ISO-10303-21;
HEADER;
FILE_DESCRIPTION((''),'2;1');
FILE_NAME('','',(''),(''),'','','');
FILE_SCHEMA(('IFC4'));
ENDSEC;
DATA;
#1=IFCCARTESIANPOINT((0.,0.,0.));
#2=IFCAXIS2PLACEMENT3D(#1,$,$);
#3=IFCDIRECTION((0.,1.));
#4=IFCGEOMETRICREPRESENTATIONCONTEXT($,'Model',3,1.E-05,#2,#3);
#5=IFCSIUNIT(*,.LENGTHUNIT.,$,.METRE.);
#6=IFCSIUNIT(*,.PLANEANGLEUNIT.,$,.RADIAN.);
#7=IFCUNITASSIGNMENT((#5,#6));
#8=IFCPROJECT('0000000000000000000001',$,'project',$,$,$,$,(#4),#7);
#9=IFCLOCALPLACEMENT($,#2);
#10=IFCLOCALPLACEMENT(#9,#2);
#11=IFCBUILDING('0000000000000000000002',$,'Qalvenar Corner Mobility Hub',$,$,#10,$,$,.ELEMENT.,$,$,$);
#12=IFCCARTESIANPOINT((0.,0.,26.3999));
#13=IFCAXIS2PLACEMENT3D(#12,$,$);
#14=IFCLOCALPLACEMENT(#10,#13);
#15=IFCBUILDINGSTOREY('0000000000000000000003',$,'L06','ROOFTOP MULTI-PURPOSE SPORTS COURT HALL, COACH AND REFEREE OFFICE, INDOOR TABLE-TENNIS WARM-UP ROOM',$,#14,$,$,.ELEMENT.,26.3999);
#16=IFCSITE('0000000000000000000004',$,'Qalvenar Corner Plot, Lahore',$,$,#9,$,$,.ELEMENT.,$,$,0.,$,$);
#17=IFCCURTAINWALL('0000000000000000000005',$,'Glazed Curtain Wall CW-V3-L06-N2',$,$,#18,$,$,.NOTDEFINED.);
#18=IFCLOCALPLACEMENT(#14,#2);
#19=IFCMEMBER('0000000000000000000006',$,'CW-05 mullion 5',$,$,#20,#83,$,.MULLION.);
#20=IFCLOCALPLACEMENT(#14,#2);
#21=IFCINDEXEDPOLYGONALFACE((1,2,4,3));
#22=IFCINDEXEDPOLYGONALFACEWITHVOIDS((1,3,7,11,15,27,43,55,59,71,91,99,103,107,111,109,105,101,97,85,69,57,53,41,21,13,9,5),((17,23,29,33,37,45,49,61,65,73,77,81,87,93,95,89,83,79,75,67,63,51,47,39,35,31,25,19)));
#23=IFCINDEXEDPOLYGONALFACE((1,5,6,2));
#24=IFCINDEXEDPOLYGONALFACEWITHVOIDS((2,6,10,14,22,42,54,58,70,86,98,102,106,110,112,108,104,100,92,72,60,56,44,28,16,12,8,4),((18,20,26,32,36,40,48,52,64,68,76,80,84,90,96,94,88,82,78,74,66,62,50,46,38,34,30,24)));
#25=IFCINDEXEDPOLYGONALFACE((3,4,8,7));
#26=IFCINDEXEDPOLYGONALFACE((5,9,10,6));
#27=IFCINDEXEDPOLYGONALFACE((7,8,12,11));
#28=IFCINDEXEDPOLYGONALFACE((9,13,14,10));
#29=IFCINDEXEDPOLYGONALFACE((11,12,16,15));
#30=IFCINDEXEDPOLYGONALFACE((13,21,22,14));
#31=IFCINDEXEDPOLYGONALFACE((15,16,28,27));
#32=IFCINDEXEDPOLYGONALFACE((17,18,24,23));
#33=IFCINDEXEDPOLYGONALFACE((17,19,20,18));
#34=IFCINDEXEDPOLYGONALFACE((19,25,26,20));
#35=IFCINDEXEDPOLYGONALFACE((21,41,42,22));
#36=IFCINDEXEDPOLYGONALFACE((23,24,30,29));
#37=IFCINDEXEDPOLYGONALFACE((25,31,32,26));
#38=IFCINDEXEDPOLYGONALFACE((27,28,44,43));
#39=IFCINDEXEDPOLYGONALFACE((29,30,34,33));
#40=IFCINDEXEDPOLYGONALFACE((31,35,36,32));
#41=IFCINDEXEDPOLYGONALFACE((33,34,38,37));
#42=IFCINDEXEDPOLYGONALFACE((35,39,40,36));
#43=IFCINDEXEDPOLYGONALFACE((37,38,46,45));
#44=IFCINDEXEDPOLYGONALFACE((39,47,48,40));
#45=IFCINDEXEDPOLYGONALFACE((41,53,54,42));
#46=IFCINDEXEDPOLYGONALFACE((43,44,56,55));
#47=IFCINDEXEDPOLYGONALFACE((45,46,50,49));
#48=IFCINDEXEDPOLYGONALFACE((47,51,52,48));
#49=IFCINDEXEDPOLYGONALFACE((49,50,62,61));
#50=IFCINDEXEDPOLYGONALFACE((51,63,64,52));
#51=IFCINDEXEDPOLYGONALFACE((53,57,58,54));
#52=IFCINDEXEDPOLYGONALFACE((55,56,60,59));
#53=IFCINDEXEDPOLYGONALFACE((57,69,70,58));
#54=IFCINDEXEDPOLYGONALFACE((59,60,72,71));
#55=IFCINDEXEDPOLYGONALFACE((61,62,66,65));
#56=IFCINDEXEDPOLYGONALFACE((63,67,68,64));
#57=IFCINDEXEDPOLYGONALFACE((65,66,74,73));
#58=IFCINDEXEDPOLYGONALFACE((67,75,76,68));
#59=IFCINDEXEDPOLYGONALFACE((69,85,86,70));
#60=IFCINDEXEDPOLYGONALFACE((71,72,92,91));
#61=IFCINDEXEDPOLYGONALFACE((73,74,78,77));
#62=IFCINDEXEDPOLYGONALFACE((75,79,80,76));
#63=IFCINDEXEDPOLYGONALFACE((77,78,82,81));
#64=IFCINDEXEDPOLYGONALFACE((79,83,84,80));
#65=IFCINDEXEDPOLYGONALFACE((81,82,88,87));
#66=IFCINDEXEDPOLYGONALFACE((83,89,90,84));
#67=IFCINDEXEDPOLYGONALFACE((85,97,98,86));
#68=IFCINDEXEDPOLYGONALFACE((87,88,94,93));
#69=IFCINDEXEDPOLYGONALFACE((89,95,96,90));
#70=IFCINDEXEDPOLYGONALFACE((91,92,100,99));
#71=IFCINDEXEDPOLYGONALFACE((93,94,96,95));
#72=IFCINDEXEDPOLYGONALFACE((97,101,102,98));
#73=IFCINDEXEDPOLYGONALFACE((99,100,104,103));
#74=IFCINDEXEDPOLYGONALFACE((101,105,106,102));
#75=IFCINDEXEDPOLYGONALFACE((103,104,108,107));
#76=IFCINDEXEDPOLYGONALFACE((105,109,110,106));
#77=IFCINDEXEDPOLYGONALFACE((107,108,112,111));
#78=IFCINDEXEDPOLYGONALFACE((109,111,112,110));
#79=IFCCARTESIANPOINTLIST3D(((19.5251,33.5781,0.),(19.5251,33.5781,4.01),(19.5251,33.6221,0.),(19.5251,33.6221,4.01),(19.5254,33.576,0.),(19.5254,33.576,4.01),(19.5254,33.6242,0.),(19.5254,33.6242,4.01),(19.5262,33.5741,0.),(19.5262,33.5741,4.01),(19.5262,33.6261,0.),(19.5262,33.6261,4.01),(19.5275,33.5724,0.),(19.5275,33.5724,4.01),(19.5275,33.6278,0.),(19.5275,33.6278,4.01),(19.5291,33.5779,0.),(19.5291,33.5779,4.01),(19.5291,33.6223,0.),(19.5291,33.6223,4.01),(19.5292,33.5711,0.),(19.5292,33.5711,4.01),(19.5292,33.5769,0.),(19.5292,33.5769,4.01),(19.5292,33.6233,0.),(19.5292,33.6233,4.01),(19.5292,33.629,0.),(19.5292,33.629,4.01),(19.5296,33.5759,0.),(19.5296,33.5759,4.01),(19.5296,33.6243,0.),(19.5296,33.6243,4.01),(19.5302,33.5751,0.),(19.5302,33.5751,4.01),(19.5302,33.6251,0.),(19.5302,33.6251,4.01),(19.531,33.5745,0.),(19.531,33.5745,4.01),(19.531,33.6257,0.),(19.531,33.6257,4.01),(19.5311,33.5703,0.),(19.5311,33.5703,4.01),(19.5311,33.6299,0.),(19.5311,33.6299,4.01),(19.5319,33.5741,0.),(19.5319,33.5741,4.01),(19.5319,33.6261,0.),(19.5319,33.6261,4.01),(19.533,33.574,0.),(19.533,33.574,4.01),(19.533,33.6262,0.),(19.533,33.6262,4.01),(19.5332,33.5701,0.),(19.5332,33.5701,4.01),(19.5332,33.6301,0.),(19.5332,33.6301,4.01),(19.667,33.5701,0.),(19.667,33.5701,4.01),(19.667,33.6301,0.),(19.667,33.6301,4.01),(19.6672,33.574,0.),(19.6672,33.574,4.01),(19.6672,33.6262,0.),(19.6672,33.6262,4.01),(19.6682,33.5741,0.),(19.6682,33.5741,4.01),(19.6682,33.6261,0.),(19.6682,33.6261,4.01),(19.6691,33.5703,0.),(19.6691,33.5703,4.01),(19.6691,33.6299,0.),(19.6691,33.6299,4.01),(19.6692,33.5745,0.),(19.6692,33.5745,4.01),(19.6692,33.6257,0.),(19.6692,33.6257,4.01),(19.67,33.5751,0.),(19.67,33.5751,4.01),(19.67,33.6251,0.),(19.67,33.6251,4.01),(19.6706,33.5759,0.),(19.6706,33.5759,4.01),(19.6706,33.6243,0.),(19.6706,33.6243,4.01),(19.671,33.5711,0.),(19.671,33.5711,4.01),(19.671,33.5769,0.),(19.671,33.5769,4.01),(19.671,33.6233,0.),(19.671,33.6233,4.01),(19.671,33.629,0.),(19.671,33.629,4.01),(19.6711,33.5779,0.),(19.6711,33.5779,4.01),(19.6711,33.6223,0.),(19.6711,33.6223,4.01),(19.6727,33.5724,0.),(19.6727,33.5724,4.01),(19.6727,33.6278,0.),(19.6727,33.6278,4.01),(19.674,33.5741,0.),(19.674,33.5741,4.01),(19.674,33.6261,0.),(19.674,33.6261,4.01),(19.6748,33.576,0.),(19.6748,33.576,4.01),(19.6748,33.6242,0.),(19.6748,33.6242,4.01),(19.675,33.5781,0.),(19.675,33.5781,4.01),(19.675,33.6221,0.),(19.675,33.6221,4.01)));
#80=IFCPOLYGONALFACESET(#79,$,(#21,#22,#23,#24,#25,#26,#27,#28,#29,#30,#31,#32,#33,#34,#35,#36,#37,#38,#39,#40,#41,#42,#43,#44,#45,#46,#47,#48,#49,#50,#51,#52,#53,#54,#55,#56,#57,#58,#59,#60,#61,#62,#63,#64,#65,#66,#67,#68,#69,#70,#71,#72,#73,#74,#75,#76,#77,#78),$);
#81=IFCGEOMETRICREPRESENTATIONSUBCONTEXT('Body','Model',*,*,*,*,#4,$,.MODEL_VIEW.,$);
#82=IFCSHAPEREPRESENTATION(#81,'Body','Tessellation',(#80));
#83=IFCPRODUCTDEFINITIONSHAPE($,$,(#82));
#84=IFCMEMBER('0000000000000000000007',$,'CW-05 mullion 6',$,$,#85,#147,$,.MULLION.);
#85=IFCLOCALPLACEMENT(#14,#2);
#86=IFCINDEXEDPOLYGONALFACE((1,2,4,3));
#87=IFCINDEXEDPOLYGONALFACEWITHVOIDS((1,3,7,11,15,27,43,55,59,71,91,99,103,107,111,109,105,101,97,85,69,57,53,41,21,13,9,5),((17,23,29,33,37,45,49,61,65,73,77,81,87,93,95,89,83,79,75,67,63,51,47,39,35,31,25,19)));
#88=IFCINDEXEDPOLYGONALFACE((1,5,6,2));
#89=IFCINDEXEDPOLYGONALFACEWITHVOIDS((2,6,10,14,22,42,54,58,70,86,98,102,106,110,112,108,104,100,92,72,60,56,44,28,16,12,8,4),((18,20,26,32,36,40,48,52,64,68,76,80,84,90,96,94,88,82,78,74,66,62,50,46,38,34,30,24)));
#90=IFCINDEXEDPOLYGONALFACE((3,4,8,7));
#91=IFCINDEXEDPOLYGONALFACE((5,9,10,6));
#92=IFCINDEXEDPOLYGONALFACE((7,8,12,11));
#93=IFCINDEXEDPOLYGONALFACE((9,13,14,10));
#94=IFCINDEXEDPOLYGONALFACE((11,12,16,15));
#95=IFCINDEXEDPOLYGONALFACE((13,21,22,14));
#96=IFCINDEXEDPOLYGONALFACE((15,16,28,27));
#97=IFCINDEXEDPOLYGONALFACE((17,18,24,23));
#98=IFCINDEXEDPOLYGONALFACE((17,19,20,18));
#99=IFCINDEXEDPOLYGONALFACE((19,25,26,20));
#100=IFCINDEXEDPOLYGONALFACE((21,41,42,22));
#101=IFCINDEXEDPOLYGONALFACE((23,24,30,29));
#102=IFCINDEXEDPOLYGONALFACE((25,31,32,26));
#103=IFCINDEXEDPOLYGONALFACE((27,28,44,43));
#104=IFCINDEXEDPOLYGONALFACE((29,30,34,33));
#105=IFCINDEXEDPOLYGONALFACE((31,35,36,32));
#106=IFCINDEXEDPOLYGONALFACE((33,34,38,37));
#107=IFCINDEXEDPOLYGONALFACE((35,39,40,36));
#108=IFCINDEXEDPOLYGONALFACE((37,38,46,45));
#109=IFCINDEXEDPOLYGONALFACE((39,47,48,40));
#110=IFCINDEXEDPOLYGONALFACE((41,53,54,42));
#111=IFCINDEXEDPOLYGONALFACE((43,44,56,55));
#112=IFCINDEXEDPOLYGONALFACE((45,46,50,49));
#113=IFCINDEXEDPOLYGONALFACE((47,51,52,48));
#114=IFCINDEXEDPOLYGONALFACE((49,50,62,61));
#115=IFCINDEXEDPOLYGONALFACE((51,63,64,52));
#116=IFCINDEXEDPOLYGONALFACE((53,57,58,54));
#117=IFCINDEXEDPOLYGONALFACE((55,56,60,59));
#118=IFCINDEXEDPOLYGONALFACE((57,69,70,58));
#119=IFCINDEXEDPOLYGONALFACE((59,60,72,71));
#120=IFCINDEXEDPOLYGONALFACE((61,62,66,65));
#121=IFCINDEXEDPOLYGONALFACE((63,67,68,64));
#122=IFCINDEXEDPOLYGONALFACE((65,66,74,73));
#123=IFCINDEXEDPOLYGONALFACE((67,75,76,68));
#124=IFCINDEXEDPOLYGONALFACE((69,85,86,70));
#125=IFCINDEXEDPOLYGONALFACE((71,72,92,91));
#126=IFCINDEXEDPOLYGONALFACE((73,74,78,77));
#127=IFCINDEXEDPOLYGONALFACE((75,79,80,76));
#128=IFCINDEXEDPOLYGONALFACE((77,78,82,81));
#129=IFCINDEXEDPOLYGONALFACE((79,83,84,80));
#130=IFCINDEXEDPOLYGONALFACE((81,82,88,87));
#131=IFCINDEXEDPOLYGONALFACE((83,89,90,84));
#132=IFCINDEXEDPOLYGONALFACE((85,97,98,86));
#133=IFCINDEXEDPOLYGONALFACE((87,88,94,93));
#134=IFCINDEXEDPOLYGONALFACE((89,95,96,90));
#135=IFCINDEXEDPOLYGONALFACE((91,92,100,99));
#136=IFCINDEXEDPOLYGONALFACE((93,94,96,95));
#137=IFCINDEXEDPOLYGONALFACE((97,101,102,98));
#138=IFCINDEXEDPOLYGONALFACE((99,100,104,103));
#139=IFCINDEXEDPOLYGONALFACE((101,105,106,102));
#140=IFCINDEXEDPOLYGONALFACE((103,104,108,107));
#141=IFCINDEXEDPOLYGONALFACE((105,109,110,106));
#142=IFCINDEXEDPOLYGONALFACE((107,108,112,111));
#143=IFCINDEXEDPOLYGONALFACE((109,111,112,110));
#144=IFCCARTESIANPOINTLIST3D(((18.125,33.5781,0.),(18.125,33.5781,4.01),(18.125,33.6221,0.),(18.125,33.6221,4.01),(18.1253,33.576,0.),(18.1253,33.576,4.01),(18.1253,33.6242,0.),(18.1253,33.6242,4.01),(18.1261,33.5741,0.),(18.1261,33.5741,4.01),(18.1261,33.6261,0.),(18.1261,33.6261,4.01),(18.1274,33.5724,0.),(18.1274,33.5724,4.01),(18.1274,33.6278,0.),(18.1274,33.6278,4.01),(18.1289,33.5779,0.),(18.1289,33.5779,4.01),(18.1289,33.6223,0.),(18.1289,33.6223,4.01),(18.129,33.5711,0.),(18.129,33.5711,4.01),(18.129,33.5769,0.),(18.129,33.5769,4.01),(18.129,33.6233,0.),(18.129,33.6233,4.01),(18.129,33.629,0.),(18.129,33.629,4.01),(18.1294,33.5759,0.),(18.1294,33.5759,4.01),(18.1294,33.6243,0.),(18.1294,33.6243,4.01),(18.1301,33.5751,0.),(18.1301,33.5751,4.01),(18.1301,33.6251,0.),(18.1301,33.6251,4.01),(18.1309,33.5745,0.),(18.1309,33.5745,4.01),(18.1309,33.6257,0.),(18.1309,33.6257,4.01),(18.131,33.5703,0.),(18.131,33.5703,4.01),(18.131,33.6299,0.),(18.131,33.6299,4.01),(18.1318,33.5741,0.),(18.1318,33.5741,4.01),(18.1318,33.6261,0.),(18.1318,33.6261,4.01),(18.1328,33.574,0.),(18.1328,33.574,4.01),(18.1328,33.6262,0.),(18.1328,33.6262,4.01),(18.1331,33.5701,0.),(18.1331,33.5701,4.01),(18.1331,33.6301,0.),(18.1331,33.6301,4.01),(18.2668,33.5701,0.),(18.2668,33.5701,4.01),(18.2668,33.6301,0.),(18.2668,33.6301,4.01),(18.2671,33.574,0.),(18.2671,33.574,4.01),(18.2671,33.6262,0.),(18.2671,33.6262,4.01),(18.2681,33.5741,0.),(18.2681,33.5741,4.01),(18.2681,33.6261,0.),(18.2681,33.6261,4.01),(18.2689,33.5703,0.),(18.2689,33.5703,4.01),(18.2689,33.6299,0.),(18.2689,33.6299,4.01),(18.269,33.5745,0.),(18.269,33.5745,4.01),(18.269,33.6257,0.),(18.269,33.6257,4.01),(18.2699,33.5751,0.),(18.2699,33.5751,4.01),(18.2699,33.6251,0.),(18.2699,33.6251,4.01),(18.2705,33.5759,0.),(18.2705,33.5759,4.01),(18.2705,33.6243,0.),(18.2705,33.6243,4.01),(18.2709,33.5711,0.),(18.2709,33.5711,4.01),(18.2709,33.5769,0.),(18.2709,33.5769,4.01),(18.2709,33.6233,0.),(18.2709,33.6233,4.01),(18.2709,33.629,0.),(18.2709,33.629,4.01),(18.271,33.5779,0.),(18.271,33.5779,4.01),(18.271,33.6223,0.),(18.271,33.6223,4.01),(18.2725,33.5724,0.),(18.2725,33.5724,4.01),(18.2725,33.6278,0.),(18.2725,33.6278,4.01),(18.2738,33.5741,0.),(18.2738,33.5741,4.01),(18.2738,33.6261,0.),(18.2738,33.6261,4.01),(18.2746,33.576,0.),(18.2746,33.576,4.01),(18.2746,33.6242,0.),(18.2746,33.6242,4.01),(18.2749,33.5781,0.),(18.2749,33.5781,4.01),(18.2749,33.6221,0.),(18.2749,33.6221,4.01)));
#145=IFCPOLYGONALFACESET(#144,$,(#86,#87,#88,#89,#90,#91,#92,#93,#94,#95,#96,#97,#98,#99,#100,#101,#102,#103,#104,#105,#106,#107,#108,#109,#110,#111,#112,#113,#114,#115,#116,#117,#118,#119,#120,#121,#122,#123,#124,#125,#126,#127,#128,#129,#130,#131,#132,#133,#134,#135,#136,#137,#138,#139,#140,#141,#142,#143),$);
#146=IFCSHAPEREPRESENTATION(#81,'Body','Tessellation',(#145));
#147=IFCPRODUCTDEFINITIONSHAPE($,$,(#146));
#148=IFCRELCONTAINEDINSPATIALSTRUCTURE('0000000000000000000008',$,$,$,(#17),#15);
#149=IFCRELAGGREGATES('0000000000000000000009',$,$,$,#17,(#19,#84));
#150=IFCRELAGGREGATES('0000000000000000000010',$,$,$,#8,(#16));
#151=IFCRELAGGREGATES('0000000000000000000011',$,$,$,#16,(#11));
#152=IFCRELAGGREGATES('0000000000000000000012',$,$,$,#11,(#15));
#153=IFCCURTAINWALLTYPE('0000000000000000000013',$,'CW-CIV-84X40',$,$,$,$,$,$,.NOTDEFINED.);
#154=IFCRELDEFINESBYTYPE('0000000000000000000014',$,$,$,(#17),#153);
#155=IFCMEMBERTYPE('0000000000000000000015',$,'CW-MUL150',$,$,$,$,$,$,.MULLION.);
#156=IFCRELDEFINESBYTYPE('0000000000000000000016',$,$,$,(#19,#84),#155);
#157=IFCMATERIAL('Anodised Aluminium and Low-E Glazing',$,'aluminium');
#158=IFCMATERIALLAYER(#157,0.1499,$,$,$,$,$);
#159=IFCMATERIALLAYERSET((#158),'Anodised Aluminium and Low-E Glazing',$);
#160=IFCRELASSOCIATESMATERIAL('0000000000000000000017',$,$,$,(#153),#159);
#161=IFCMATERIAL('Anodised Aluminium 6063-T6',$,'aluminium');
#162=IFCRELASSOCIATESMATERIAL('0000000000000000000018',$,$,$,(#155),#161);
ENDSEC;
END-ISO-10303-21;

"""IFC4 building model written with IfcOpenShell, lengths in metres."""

from ifc_helpers import new_model, si_unit, direction, frame, origin, origin_2d, place, context, subcontext, project, spatial, hollow_rectangle, extrude, material, layer, layer_set, material_profile, profile_set, type_object, element, aggregate, save


model = new_model("IFC4")

# Units and contexts
model_context = context("Model", 3, precision=1e-05, world=origin(), true_north=direction((0.0, 1.0)))
body_context = subcontext(model_context, "Body", "Model", "MODEL_VIEW")
ifc_project = project(units=[si_unit("LENGTHUNIT", "METRE"), si_unit("PLANEANGLEUNIT", "RADIAN")], contexts=[model_context])

# Site, building, storey
site_placement = place(None, origin())
site = spatial("IfcSite", under=ifc_project, at=site_placement, Name="Qalvenar Corner Plot, Lahore", CompositionType="ELEMENT", RefElevation=0.0)
building_placement = place(site_placement, origin())
building = spatial("IfcBuilding", under=site, at=building_placement, Name="Qalvenar Corner Mobility Hub", CompositionType="ELEMENT")
storey_placement = place(building_placement, frame((0.0, 0.0, 26.3999)))
storey = spatial("IfcBuildingStorey", under=building, at=storey_placement, Name="L06", Description="ROOFTOP MULTI-PURPOSE SPORTS COURT HALL, COACH AND REFEREE OFFICE, INDOOR TABLE-TENNIS WARM-UP ROOM", CompositionType="ELEMENT", Elevation=26.3999)

# Curtain wall, members
ifc_material_1 = material(Name="Anodised Aluminium and Low-E Glazing", Category="aluminium")
ifc_material_2 = material(Name="Anodised Aluminium 6063-T6", Category="aluminium")
ifc_layer_1 = layer(ifc_material_1, 0.1499)
ifc_layer_set_1 = layer_set([ifc_layer_1], Name="Anodised Aluminium and Low-E Glazing")
curtain_wall_type_1 = type_object("IfcCurtainWallType", Name="CW-CIV-84X40", PredefinedType="NOTDEFINED", material=ifc_layer_set_1)
curtain_wall_1_placement = place(storey_placement, origin())
curtain_wall_1 = element("IfcCurtainWall", 1, at=curtain_wall_1_placement, inside=storey, type_object=curtain_wall_type_1, Name="Glazed Curtain Wall CW-V3-L06-N2", PredefinedType="NOTDEFINED")
ifc_material_profile_1 = material_profile(ifc_material_2, hollow_rectangle(XDim=0.0601, YDim=0.1499, WallThickness=0.0039, InnerFilletRadius=0.0039, OuterFilletRadius=0.0081, at=origin_2d()), Name="RHS150x60x4")
ifc_profile_set_1 = profile_set([ifc_material_profile_1], Name="Anodised Aluminium 6063-T6")
member_type_1 = type_object("IfcMemberType", Name="CW-MUL150", PredefinedType="MULLION", material=ifc_profile_set_1)
member_1_placement = place(storey_placement, frame((19.6001, 33.6001, 0.0), z_axis=(0.0, 0.0, 1.0), x_axis=(0.0, -1.0, 0.0)))
member_1 = element("IfcMember", 2, at=member_1_placement, type_object=member_type_1, Name="CW-05 mullion 5", PredefinedType="MULLION", context=body_context, shape_type="SweptSolid", body=[
    extrude(hollow_rectangle(XDim=0.0601, YDim=0.1499, WallThickness=0.0039, InnerFilletRadius=0.0039, OuterFilletRadius=0.0081, at=origin_2d()), origin(), (0.0, 0.0, 1.0), 4.01),
])
member_2_placement = place(storey_placement, frame((18.2, 33.6001, 0.0), z_axis=(0.0, 0.0, 1.0), x_axis=(0.0, -1.0, 0.0)))
member_2 = element("IfcMember", 3, at=member_2_placement, type_object=member_type_1, Name="CW-05 mullion 6", PredefinedType="MULLION", context=body_context, shape_type="SweptSolid", body=[
    extrude(hollow_rectangle(XDim=0.0601, YDim=0.1499, WallThickness=0.0039, InnerFilletRadius=0.0039, OuterFilletRadius=0.0081, at=origin_2d()), origin(), (0.0, 0.0, 1.0), 4.01),
])

aggregate(curtain_wall_1, [member_1, member_2])

save(model, "model.ifc")
